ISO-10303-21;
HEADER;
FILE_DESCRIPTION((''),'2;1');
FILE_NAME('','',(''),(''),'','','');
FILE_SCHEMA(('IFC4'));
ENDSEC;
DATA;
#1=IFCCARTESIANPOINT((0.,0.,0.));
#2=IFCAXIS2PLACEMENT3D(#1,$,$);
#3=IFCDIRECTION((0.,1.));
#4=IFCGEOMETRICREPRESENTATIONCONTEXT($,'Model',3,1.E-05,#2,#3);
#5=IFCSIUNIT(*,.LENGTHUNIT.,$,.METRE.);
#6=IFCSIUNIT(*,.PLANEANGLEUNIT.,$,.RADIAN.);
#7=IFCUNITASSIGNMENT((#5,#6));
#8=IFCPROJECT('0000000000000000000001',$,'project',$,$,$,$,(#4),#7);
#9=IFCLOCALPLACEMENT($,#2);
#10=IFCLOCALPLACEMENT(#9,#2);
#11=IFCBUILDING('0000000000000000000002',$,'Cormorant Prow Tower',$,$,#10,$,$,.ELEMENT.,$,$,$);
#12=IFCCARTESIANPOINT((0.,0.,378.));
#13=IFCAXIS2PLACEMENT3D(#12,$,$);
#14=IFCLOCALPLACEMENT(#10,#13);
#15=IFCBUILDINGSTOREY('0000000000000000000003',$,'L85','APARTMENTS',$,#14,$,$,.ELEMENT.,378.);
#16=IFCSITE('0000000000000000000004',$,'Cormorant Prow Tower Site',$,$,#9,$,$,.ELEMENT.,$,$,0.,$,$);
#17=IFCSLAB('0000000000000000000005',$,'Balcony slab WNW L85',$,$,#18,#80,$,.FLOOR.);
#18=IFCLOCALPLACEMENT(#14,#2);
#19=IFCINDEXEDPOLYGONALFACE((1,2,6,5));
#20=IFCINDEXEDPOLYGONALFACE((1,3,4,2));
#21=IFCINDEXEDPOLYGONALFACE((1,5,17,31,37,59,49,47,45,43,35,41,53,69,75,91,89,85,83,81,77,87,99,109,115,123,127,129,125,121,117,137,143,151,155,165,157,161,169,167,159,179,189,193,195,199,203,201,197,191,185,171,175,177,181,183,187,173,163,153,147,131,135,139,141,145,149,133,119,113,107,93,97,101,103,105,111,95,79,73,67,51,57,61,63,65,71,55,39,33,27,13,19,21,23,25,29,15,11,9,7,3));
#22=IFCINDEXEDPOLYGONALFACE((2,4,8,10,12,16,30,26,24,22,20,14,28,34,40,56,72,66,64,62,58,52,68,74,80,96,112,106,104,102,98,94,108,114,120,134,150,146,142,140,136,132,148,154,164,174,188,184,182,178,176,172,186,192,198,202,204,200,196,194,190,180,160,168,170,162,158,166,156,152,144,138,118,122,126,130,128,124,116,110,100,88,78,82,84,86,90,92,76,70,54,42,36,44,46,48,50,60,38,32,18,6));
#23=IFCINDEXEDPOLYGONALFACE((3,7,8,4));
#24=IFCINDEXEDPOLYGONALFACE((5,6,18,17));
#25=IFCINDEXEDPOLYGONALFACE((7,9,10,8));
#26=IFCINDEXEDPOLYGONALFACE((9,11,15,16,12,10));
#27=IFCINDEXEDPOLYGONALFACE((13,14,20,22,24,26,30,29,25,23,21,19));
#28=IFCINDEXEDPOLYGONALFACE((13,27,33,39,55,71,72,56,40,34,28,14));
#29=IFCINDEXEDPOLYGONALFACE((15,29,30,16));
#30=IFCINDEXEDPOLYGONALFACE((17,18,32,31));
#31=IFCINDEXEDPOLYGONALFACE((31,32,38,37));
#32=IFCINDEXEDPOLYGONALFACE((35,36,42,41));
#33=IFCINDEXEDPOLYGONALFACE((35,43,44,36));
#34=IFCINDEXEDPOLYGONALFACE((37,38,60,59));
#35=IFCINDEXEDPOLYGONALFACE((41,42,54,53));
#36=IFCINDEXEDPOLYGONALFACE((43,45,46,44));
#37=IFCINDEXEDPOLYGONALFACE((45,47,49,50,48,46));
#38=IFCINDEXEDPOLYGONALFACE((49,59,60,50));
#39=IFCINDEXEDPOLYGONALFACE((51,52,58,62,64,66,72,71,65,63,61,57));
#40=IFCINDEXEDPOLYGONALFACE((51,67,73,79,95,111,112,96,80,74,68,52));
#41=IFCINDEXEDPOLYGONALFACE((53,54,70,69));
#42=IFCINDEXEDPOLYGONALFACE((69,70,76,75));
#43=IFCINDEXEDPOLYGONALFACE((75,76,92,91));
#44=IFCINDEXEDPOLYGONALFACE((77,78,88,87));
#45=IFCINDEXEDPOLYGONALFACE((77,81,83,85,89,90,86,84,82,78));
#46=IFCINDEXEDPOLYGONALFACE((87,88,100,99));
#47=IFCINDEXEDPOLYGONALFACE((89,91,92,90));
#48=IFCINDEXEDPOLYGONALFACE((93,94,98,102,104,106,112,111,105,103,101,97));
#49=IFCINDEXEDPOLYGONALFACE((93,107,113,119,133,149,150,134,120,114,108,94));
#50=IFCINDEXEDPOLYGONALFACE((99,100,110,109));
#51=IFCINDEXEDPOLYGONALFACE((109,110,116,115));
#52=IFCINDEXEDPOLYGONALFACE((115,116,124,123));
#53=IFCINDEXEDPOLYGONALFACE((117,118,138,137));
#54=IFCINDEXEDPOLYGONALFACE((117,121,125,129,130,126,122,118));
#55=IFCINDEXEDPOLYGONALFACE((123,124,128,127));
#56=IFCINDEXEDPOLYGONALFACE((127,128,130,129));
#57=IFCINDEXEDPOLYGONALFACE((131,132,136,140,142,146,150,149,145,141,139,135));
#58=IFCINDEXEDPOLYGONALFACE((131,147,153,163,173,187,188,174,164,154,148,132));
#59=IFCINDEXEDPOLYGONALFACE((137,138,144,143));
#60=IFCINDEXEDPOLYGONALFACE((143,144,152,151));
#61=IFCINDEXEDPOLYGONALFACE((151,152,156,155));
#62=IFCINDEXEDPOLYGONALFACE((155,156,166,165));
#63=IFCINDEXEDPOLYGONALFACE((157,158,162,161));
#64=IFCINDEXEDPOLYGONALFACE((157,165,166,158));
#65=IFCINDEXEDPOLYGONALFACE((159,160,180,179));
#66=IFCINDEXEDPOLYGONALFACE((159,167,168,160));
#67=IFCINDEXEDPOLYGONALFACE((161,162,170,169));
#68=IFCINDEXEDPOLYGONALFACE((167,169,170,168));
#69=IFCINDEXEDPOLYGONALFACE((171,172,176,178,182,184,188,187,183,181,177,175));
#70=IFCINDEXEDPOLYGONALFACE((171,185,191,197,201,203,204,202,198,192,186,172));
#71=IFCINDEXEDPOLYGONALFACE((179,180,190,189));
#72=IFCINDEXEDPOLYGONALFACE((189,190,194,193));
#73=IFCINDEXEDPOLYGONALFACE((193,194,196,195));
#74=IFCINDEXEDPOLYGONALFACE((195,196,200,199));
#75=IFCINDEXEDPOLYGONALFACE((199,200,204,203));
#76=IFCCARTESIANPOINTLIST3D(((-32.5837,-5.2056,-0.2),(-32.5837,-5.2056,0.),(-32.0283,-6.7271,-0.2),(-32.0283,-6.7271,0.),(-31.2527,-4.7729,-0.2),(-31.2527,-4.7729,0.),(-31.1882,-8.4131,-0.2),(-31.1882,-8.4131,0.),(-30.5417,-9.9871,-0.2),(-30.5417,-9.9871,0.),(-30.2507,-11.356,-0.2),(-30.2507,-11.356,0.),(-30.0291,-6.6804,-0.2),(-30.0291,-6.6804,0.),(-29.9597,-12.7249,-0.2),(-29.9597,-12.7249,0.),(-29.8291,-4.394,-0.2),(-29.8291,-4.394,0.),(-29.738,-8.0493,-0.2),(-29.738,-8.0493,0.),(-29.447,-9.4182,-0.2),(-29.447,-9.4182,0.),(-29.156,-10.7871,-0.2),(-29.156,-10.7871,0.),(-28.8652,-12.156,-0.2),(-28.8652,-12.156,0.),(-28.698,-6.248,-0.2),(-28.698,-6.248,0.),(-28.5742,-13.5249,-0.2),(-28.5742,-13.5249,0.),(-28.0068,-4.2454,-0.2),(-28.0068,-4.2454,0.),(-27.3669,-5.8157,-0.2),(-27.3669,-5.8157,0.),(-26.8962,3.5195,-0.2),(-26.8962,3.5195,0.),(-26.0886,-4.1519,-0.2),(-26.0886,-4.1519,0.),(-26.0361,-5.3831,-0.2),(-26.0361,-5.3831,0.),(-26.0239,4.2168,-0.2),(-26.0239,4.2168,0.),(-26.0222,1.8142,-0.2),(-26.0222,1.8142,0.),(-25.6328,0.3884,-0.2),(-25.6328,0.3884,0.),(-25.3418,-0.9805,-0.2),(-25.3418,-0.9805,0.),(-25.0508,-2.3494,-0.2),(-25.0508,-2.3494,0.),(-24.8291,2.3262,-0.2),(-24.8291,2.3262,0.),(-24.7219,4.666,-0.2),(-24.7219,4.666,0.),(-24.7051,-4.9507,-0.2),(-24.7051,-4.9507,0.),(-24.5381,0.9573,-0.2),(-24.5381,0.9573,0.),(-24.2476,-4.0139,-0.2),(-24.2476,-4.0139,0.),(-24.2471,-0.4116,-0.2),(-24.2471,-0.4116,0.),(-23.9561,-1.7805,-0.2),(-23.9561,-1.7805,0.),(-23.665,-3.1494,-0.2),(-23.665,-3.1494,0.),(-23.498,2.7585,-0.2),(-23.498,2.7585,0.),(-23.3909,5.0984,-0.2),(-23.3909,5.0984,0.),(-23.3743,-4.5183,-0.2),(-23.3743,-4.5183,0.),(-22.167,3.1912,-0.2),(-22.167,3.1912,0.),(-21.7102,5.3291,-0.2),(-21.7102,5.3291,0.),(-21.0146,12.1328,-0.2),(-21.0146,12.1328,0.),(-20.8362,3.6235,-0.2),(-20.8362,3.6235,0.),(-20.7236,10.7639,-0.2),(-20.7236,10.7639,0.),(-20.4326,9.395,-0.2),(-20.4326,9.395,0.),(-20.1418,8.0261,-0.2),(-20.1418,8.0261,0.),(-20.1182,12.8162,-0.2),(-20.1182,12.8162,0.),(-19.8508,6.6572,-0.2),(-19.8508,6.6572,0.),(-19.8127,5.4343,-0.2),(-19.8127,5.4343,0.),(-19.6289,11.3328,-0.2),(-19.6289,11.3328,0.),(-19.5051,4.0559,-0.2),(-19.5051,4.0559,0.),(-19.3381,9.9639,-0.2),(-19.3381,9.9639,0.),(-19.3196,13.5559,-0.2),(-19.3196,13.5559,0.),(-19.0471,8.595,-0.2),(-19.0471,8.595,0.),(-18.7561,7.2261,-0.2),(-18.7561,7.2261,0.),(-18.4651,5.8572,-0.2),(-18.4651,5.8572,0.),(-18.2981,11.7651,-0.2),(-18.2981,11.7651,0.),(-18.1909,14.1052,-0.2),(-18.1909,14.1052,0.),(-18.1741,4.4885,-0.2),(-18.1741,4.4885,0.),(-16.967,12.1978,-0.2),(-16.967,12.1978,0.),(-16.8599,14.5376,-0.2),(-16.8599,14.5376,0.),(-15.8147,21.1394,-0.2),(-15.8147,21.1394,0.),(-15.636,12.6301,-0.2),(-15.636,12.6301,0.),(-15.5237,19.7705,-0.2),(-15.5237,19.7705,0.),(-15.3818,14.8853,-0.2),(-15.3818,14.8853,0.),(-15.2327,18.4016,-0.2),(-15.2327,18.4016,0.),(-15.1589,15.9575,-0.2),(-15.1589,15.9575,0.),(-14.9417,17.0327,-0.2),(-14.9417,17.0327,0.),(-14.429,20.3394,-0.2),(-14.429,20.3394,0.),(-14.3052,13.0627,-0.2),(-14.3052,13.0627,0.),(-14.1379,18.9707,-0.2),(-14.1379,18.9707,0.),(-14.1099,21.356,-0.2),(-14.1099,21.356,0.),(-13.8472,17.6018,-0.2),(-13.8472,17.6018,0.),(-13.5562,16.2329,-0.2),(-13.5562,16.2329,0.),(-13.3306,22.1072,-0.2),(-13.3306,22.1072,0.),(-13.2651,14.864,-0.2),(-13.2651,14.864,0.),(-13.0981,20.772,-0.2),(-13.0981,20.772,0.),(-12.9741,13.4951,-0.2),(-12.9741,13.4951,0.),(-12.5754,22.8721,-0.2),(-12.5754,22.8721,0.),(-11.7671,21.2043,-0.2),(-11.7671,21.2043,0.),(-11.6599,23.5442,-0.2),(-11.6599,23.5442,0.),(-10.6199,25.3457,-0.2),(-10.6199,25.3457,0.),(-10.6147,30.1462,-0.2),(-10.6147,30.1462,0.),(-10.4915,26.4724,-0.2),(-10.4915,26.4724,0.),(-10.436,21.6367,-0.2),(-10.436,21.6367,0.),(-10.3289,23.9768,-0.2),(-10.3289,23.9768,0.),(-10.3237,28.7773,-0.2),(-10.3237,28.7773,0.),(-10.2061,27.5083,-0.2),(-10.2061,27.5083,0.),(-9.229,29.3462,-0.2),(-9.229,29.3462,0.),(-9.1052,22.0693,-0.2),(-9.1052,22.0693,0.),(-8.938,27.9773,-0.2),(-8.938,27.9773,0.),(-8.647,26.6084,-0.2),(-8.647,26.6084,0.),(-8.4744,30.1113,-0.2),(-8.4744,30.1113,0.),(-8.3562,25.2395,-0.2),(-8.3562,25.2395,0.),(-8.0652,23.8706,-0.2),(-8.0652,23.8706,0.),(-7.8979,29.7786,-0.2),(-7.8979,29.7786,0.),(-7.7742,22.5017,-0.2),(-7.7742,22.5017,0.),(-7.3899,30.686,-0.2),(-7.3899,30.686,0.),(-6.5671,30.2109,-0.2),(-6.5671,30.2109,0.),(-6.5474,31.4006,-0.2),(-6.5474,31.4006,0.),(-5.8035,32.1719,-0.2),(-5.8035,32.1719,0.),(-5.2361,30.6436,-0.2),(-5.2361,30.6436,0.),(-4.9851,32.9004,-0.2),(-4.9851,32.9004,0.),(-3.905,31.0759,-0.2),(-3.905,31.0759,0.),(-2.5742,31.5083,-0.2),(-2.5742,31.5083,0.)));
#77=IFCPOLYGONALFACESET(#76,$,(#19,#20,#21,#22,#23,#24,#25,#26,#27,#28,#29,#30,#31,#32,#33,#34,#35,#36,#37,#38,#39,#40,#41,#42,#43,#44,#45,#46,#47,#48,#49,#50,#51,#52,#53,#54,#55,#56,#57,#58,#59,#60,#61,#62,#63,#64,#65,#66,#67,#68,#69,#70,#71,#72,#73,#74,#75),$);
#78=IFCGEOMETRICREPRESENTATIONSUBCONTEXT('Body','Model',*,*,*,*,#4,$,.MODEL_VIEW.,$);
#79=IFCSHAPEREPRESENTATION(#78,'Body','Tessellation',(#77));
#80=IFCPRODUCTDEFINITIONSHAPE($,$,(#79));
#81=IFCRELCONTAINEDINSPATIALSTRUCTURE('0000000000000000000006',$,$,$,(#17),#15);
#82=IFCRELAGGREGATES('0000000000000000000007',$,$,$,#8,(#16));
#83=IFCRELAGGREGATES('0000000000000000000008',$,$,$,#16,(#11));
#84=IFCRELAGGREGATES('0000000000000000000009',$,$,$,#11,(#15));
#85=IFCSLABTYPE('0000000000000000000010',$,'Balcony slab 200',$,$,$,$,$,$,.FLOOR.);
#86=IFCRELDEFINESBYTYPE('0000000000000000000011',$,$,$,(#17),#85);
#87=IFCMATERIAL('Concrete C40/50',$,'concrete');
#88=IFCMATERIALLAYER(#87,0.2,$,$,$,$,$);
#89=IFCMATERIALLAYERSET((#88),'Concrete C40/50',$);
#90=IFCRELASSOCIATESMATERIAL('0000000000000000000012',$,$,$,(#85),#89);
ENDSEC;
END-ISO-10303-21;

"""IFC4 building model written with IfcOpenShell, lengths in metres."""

from ifc_helpers import new_model, si_unit, direction, frame, origin, place, context, subcontext, project, spatial, polyline, outline, extrude, material, layer, layer_set, type_object, element, save


model = new_model("IFC4")

# Units and contexts
model_context = context("Model", 3, precision=1e-05, world=origin(), true_north=direction((0.0, 1.0)))
body_context = subcontext(model_context, "Body", "Model", "MODEL_VIEW")
ifc_project = project(units=[si_unit("LENGTHUNIT", "METRE"), si_unit("PLANEANGLEUNIT", "RADIAN")], contexts=[model_context])

# Site, building, storey
site_placement = place(None, origin())
site = spatial("IfcSite", under=ifc_project, at=site_placement, Name="Cormorant Prow Tower Site", CompositionType="ELEMENT", RefElevation=0.0)
building_placement = place(site_placement, origin())
building = spatial("IfcBuilding", under=site, at=building_placement, Name="Cormorant Prow Tower", CompositionType="ELEMENT")
storey_placement = place(building_placement, frame((0.0, 0.0, 378.0)))
storey = spatial("IfcBuildingStorey", under=building, at=storey_placement, Name="L85", Description="APARTMENTS", CompositionType="ELEMENT", Elevation=378.0)

# Slab
ifc_material_1 = material(Name="Concrete C40/50", Category="concrete")
ifc_layer_1 = layer(ifc_material_1, 0.2)
ifc_layer_set_1 = layer_set([ifc_layer_1], Name="Concrete C40/50")
slab_type_1 = type_object("IfcSlabType", Name="Balcony slab 200", PredefinedType="FLOOR", material=ifc_layer_set_1)
slab_1_placement = place(storey_placement, frame((0.0, 0.0, -0.2)))
element("IfcSlab", 1, at=slab_1_placement, inside=storey, type_object=slab_type_1, Name="Balcony slab WNW L85", PredefinedType="FLOOR", context=body_context, shape_type="SweptSolid", body=[
    extrude(outline(polyline([(-2.5742, 31.5083), (-4.9851, 32.9004), (-5.8035, 32.1719), (-6.5474, 31.4006), (-7.3899, 30.686), (-8.4744, 30.1113), (-10.6147, 30.1462), (-10.3237, 28.7773), (-10.2061, 27.5083), (-10.4915, 26.4724), (-10.6199, 25.3457), (-10.3289, 23.9768), (-11.6599, 23.5442), (-12.5754, 22.8721), (-13.3306, 22.1072), (-14.1099, 21.356), (-15.8147, 21.1394), (-15.5237, 19.7705), (-15.2327, 18.4016), (-14.9417, 17.0327), (-15.1589, 15.9575), (-15.3818, 14.8853), (-16.8599, 14.5376), (-18.1909, 14.1052), (-19.3196, 13.5559), (-20.1182, 12.8162), (-21.0146, 12.1328), (-20.7236, 10.7639), (-20.4326, 9.395), (-20.1418, 8.0261), (-19.8508, 6.6572), (-19.8127, 5.4343), (-21.7102, 5.3291), (-23.3909, 5.0984), (-24.7219, 4.666), (-26.0239, 4.2168), (-26.8962, 3.5195), (-26.0222, 1.8142), (-25.6328, 0.3884), (-25.3418, -0.9805), (-25.0508, -2.3494), (-24.2476, -4.0139), (-26.0886, -4.1519), (-28.0068, -4.2454), (-29.8291, -4.394), (-31.2527, -4.7729), (-32.5837, -5.2056), (-32.0283, -6.7271), (-31.1882, -8.4131), (-30.5417, -9.9871), (-30.2507, -11.356), (-29.9597, -12.7249), (-28.5742, -13.5249), (-28.8652, -12.156), (-29.156, -10.7871), (-29.447, -9.4182), (-29.738, -8.0493), (-30.0291, -6.6804), (-28.698, -6.248), (-27.3669, -5.8157), (-26.0361, -5.3831), (-24.7051, -4.9507), (-23.3743, -4.5183), (-23.665, -3.1494), (-23.9561, -1.7805), (-24.2471, -0.4116), (-24.5381, 0.9573), (-24.8291, 2.3262), (-23.498, 2.7585), (-22.167, 3.1912), (-20.8362, 3.6235), (-19.5051, 4.0559), (-18.1741, 4.4885), (-18.4651, 5.8572), (-18.7561, 7.2261), (-19.0471, 8.595), (-19.3381, 9.9639), (-19.6289, 11.3328), (-18.2981, 11.7651), (-16.967, 12.1978), (-15.636, 12.6301), (-14.3052, 13.0627), (-12.9741, 13.4951), (-13.2651, 14.864), (-13.5562, 16.2329), (-13.8472, 17.6018), (-14.1379, 18.9707), (-14.429, 20.3394), (-13.0981, 20.772), (-11.7671, 21.2043), (-10.436, 21.6367), (-9.1052, 22.0693), (-7.7742, 22.5017), (-8.0652, 23.8706), (-8.3562, 25.2395), (-8.647, 26.6084), (-8.938, 27.9773), (-9.229, 29.3462), (-7.8979, 29.7786), (-6.5671, 30.2109), (-5.2361, 30.6436), (-3.905, 31.0759), (-2.5742, 31.5083)])), origin(), (0.0, 0.0, 1.0), 0.2),
])

save(model, "model.ifc")
